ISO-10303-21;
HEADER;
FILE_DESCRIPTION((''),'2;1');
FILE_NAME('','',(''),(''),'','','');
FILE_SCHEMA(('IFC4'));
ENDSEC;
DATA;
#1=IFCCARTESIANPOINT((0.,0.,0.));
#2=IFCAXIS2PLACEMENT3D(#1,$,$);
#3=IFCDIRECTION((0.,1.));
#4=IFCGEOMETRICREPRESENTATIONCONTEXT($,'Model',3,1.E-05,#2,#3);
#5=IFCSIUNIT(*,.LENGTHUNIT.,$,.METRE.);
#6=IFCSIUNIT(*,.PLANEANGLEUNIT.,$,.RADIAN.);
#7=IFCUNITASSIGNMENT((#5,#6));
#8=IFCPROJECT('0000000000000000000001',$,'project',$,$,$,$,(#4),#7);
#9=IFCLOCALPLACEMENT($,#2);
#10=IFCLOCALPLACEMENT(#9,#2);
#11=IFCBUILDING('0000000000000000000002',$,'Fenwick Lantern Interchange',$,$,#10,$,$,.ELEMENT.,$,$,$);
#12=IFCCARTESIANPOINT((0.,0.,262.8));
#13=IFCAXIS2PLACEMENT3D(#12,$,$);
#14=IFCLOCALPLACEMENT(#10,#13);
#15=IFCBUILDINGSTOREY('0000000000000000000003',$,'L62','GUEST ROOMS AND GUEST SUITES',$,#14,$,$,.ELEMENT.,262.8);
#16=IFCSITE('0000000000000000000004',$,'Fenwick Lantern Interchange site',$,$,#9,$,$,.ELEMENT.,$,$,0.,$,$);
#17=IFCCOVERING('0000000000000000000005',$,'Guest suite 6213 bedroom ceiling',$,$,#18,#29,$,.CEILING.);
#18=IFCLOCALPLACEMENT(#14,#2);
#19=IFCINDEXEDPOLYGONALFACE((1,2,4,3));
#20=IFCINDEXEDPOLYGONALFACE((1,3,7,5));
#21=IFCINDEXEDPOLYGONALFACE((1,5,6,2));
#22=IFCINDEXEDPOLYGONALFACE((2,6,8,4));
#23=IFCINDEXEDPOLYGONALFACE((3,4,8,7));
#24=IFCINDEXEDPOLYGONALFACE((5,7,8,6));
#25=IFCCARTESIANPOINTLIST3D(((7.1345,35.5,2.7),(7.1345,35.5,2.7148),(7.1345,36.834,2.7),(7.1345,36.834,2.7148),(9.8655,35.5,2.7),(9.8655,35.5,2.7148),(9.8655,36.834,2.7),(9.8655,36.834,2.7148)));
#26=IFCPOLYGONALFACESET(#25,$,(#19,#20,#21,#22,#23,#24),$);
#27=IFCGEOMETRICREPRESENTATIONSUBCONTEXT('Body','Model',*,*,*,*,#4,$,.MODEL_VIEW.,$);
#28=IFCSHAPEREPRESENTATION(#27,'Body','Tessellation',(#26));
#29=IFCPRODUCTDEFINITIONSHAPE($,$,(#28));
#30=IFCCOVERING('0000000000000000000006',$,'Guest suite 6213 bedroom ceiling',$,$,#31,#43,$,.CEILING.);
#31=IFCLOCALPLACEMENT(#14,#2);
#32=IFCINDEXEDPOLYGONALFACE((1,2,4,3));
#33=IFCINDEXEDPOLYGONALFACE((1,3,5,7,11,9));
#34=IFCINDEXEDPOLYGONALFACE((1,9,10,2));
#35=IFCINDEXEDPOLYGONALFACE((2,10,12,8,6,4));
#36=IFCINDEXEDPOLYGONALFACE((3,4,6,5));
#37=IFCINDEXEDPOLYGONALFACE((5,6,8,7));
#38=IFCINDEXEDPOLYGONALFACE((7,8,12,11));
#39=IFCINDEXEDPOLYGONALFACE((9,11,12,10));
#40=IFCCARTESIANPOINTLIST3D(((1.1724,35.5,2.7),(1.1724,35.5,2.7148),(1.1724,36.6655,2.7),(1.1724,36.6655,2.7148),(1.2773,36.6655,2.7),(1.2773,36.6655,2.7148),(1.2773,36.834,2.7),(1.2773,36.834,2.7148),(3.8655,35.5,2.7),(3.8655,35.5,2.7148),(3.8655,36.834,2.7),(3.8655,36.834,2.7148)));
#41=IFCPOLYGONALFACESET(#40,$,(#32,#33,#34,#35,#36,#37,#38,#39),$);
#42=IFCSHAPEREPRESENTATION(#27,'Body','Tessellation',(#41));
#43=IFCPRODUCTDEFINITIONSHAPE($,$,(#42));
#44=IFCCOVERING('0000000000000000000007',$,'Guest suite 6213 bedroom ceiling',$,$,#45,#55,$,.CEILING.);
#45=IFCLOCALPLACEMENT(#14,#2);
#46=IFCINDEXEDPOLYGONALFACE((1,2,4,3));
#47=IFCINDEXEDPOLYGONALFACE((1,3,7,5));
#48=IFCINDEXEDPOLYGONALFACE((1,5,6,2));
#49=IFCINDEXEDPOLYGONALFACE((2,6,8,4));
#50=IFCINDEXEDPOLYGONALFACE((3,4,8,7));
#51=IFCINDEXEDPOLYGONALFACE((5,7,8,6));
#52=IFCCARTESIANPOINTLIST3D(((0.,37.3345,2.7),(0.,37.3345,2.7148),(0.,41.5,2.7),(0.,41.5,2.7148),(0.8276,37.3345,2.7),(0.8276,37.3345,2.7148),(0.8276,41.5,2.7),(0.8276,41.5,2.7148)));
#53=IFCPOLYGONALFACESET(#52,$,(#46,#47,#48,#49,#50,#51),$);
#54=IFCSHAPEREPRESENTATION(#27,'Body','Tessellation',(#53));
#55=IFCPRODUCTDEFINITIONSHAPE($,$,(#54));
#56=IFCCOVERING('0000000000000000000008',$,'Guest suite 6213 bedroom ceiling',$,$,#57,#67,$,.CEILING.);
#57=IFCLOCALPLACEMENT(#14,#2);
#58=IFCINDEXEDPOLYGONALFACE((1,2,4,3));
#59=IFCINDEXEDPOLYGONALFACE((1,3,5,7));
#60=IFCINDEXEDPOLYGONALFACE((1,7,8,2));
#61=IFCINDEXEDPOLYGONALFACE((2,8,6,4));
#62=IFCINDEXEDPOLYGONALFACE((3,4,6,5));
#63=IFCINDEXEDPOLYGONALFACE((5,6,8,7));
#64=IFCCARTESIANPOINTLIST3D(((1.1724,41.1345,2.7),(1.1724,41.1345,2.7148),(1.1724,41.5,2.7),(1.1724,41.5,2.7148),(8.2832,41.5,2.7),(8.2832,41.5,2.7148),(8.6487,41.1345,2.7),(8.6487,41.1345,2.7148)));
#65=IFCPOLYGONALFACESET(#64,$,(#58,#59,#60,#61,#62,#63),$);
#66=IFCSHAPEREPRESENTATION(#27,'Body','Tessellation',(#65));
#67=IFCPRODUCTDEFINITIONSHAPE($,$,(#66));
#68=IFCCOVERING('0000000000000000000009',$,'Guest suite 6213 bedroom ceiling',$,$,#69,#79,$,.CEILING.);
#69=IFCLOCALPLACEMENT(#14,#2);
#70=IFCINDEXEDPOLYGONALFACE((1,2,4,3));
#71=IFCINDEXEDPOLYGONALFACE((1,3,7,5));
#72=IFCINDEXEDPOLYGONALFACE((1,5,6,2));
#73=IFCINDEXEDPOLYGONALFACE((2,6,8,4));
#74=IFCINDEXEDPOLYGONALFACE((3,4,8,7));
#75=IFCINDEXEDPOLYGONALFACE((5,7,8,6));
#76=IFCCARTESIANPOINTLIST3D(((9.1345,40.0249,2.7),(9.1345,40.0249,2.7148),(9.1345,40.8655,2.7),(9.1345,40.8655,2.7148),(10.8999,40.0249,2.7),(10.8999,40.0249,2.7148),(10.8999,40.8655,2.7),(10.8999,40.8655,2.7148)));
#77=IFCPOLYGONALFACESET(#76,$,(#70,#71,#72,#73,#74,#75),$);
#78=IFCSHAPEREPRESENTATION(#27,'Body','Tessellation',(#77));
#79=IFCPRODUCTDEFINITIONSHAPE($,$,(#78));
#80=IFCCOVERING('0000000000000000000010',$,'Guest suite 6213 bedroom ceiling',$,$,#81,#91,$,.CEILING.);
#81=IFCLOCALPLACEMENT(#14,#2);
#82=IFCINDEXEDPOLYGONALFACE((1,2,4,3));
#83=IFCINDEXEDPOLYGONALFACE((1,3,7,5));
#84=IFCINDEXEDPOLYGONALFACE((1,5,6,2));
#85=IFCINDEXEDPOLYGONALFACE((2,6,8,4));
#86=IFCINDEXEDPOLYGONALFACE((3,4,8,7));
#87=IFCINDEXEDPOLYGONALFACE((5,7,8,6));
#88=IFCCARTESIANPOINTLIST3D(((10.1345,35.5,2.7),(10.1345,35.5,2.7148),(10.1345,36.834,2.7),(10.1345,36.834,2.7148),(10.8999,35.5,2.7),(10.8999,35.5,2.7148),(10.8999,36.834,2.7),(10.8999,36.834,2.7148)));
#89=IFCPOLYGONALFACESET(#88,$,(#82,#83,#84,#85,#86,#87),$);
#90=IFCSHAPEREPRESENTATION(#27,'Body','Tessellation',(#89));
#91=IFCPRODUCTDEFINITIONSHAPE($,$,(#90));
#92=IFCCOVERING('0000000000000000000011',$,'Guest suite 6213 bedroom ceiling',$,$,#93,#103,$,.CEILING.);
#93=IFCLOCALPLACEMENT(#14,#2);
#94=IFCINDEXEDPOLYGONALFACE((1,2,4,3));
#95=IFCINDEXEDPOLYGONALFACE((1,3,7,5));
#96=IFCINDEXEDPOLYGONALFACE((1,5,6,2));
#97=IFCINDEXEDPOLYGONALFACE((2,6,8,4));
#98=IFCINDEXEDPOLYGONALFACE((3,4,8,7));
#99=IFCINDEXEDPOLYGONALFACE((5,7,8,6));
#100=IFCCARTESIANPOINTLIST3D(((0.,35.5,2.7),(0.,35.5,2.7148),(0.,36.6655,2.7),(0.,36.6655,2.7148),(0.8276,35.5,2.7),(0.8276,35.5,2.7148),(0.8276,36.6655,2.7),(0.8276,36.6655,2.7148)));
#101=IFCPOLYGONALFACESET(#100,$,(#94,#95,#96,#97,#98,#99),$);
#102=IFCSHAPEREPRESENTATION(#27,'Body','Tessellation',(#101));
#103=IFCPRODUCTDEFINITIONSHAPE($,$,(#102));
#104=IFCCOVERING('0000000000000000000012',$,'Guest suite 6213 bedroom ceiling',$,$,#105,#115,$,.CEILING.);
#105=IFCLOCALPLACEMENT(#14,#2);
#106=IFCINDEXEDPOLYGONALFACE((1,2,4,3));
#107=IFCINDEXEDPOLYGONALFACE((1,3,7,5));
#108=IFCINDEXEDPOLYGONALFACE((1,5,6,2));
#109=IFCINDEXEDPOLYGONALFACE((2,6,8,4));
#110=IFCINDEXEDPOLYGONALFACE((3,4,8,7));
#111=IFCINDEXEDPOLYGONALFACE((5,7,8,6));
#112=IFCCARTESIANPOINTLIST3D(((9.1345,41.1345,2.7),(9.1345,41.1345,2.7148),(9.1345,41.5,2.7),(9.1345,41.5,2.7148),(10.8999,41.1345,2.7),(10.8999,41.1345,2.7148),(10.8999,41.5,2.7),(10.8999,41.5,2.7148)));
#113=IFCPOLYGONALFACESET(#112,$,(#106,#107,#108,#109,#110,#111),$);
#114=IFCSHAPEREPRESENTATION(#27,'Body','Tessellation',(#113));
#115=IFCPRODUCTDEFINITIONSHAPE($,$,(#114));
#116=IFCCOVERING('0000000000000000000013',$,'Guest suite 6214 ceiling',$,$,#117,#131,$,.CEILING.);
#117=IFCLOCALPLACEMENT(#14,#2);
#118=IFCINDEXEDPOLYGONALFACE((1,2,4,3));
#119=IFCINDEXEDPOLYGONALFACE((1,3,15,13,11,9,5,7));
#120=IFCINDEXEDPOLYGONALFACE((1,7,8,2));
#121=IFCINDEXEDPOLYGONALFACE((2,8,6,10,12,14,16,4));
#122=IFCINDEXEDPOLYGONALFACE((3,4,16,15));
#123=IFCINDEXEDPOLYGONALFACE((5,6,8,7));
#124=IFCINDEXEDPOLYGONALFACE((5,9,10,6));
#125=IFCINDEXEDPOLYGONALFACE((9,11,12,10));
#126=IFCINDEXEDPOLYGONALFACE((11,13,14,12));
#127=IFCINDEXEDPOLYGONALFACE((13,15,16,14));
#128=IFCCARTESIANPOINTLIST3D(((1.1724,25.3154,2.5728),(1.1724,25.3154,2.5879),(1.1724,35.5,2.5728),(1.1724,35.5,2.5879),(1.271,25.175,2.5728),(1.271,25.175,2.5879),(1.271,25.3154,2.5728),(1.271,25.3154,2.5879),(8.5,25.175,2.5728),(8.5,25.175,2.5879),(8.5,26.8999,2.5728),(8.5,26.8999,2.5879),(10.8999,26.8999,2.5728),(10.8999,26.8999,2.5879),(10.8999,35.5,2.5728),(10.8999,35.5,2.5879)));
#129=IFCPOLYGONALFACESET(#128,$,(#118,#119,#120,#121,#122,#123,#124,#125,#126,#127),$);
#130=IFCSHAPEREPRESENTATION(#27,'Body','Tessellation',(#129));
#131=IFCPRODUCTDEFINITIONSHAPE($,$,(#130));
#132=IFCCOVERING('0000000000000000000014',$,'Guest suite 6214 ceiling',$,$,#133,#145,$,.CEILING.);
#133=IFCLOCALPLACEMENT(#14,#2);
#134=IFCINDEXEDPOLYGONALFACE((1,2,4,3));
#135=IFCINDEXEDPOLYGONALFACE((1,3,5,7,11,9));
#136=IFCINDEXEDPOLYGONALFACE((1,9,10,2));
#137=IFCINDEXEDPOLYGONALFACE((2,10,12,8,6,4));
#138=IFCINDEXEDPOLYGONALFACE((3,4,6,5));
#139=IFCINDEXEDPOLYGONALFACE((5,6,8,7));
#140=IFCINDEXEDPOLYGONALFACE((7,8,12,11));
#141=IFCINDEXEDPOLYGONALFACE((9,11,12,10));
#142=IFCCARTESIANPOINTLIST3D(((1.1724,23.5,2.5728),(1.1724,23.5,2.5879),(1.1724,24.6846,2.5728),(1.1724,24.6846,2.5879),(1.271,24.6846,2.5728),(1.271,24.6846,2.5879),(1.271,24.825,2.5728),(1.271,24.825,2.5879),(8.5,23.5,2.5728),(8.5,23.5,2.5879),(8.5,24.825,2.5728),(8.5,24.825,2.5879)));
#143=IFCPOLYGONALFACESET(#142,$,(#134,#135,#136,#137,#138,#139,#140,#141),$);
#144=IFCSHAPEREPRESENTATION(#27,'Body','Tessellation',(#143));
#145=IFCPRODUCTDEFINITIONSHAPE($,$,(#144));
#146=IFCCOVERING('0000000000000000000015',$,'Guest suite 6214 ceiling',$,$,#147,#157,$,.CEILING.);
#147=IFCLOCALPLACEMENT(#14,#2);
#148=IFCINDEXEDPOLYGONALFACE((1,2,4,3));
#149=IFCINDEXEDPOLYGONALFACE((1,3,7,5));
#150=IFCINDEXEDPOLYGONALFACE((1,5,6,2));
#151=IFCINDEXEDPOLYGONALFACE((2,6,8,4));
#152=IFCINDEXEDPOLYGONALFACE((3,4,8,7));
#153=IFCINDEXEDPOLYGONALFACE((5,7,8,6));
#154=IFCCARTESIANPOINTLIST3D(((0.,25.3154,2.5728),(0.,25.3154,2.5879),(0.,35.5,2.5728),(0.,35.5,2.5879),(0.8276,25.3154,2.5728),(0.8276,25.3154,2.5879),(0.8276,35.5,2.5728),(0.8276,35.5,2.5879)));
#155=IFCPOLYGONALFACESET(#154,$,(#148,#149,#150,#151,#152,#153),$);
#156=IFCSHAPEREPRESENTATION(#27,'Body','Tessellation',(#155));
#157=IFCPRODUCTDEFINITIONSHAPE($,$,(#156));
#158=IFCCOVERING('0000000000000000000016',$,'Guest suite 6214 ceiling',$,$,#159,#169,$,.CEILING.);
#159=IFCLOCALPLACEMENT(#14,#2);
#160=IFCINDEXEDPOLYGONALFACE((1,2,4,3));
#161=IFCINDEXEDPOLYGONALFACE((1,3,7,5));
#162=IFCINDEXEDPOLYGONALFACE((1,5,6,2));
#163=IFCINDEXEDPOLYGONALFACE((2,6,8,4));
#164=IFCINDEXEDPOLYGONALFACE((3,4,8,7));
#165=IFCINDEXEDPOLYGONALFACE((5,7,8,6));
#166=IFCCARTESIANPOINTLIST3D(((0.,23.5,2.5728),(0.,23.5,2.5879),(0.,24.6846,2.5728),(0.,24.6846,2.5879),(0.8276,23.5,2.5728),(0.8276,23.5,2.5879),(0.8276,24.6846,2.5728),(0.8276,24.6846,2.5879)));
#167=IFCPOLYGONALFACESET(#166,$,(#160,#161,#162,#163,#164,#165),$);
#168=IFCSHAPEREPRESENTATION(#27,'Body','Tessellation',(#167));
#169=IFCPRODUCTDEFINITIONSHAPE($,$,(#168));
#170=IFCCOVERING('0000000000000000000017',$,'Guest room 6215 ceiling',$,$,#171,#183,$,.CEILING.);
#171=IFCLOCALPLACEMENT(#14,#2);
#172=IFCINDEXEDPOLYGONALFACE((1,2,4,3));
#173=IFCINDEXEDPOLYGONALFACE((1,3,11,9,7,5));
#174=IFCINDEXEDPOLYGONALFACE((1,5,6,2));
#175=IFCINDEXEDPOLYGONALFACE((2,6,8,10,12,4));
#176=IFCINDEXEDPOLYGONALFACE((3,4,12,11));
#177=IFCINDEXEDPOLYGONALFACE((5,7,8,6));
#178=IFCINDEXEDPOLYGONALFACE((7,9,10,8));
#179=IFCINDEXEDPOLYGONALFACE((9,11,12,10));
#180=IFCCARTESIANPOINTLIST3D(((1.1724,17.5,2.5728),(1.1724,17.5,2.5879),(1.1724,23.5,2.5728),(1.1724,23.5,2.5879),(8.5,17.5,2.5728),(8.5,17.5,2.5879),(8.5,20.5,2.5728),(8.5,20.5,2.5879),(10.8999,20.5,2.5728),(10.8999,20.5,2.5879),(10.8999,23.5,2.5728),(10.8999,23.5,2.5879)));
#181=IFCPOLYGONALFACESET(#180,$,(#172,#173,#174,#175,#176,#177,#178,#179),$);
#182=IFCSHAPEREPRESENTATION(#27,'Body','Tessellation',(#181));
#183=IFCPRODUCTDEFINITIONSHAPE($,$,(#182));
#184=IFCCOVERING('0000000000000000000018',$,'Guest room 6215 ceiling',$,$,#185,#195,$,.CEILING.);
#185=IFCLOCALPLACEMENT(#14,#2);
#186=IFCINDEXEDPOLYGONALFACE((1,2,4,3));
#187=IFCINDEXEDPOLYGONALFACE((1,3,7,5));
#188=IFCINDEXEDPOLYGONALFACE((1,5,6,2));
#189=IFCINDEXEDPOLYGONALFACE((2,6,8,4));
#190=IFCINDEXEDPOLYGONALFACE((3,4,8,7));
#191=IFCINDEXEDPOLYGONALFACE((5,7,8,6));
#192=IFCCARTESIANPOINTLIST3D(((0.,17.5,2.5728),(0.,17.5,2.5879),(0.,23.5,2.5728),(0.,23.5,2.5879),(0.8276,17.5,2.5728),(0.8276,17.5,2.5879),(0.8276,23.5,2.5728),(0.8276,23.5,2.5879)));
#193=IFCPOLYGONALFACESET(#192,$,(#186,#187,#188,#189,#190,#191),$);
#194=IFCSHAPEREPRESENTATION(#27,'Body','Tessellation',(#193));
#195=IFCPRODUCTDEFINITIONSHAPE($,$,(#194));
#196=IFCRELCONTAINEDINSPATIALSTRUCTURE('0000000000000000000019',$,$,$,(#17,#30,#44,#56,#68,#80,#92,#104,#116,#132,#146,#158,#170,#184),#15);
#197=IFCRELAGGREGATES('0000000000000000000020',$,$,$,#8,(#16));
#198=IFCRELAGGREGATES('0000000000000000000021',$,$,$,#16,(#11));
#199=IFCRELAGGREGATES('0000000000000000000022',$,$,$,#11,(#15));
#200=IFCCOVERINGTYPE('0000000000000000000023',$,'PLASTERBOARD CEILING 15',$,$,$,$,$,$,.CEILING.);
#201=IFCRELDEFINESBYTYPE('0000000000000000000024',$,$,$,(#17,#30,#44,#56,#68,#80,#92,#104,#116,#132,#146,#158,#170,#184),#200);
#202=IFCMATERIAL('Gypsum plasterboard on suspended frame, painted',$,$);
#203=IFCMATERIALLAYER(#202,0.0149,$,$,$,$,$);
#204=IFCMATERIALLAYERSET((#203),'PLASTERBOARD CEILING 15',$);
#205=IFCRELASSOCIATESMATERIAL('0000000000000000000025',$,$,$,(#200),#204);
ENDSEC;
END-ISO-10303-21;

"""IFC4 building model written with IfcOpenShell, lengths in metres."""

from ifc_helpers import new_model, si_unit, direction, frame, origin, place, context, subcontext, project, spatial, polyline, outline, extrude, material, layer, layer_set, type_object, element, save


model = new_model("IFC4")

# Units and contexts
model_context = context("Model", 3, precision=1e-05, world=origin(), true_north=direction((0.0, 1.0)))
body_context = subcontext(model_context, "Body", "Model", "MODEL_VIEW")
ifc_project = project(units=[si_unit("LENGTHUNIT", "METRE"), si_unit("PLANEANGLEUNIT", "RADIAN")], contexts=[model_context])

# Site, building, storey
site_placement = place(None, origin())
site = spatial("IfcSite", under=ifc_project, at=site_placement, Name="Fenwick Lantern Interchange site", CompositionType="ELEMENT", RefElevation=0.0)
building_placement = place(site_placement, origin())
building = spatial("IfcBuilding", under=site, at=building_placement, Name="Fenwick Lantern Interchange", CompositionType="ELEMENT")
storey_placement = place(building_placement, frame((0.0, 0.0, 262.8)))
storey = spatial("IfcBuildingStorey", under=building, at=storey_placement, Name="L62", Description="GUEST ROOMS AND GUEST SUITES", CompositionType="ELEMENT", Elevation=262.8)

# Coverings
ifc_material_1 = material(Name="Gypsum plasterboard on suspended frame, painted")
ifc_layer_1 = layer(ifc_material_1, 0.0149)
ifc_layer_set_1 = layer_set([ifc_layer_1], Name="PLASTERBOARD CEILING 15")
covering_type_1 = type_object("IfcCoveringType", Name="PLASTERBOARD CEILING 15", PredefinedType="CEILING", material=ifc_layer_set_1)
covering_1_placement = place(storey_placement, frame((0.0, 0.0, 2.7)))
element("IfcCovering", 1, at=covering_1_placement, inside=storey, type_object=covering_type_1, Name="Guest suite 6213 bedroom ceiling", PredefinedType="CEILING", context=body_context, shape_type="SweptSolid", body=[
    extrude(outline(polyline([(7.1345, 35.5), (9.8655, 35.5), (9.8655, 36.834), (7.1345, 36.834), (7.1345, 35.5)])), origin(), (0.0, 0.0, 1.0), 0.0149),
])
covering_2_placement = place(storey_placement, frame((0.0, 0.0, 2.7)))
element("IfcCovering", 2, at=covering_2_placement, inside=storey, type_object=covering_type_1, Name="Guest suite 6213 bedroom ceiling", PredefinedType="CEILING", context=body_context, shape_type="SweptSolid", body=[
    extrude(outline(polyline([(1.2773, 36.6655), (1.1724, 36.6655), (1.1724, 35.5), (3.8655, 35.5), (3.8655, 36.834), (1.2773, 36.834), (1.2773, 36.6655)])), origin(), (0.0, 0.0, 1.0), 0.0149),
])
covering_3_placement = place(storey_placement, frame((0.0, 0.0, 2.7)))
element("IfcCovering", 3, at=covering_3_placement, inside=storey, type_object=covering_type_1, Name="Guest suite 6213 bedroom ceiling", PredefinedType="CEILING", context=body_context, shape_type="SweptSolid", body=[
    extrude(outline(polyline([(0.0, 37.3345), (0.8276, 37.3345), (0.8276, 41.5), (0.0, 41.5), (0.0, 37.3345)])), origin(), (0.0, 0.0, 1.0), 0.0149),
])
covering_4_placement = place(storey_placement, frame((0.0, 0.0, 2.7)))
element("IfcCovering", 4, at=covering_4_placement, inside=storey, type_object=covering_type_1, Name="Guest suite 6213 bedroom ceiling", PredefinedType="CEILING", context=body_context, shape_type="SweptSolid", body=[
    extrude(outline(polyline([(8.2832, 41.5), (1.1724, 41.5), (1.1724, 41.1345), (8.6487, 41.1345), (8.2832, 41.5)])), origin(), (0.0, 0.0, 1.0), 0.0149),
])
covering_5_placement = place(storey_placement, frame((0.0, 0.0, 2.7)))
element("IfcCovering", 5, at=covering_5_placement, inside=storey, type_object=covering_type_1, Name="Guest suite 6213 bedroom ceiling", PredefinedType="CEILING", context=body_context, shape_type="SweptSolid", body=[
    extrude(outline(polyline([(10.8999, 40.0249), (10.8999, 40.8655), (9.1345, 40.8655), (9.1345, 40.0249), (10.8999, 40.0249)])), origin(), (0.0, 0.0, 1.0), 0.0149),
])
covering_6_placement = place(storey_placement, frame((0.0, 0.0, 2.7)))
element("IfcCovering", 6, at=covering_6_placement, inside=storey, type_object=covering_type_1, Name="Guest suite 6213 bedroom ceiling", PredefinedType="CEILING", context=body_context, shape_type="SweptSolid", body=[
    extrude(outline(polyline([(10.8999, 35.5), (10.8999, 36.834), (10.1345, 36.834), (10.1345, 35.5), (10.8999, 35.5)])), origin(), (0.0, 0.0, 1.0), 0.0149),
])
covering_7_placement = place(storey_placement, frame((0.0, 0.0, 2.7)))
element("IfcCovering", 7, at=covering_7_placement, inside=storey, type_object=covering_type_1, Name="Guest suite 6213 bedroom ceiling", PredefinedType="CEILING", context=body_context, shape_type="SweptSolid", body=[
    extrude(outline(polyline([(0.0, 36.6655), (0.0, 35.5), (0.8276, 35.5), (0.8276, 36.6655), (0.0, 36.6655)])), origin(), (0.0, 0.0, 1.0), 0.0149),
])
covering_8_placement = place(storey_placement, frame((0.0, 0.0, 2.7)))
element("IfcCovering", 8, at=covering_8_placement, inside=storey, type_object=covering_type_1, Name="Guest suite 6213 bedroom ceiling", PredefinedType="CEILING", context=body_context, shape_type="SweptSolid", body=[
    extrude(outline(polyline([(10.8999, 41.5), (9.1345, 41.5), (9.1345, 41.1345), (10.8999, 41.1345), (10.8999, 41.5)])), origin(), (0.0, 0.0, 1.0), 0.0149),
])
covering_9_placement = place(storey_placement, frame((0.0, 0.0, 2.5728)))
element("IfcCovering", 9, at=covering_9_placement, inside=storey, type_object=covering_type_1, Name="Guest suite 6214 ceiling", PredefinedType="CEILING", context=body_context, shape_type="SweptSolid", body=[
    extrude(outline(polyline([(1.271, 25.3154), (1.271, 25.175), (8.5, 25.175), (8.5, 26.8999), (10.8999, 26.8999), (10.8999, 35.5), (1.1724, 35.5), (1.1724, 25.3154), (1.271, 25.3154)])), origin(), (0.0, 0.0, 1.0), 0.0151),
])
covering_10_placement = place(storey_placement, frame((0.0, 0.0, 2.5728)))
element("IfcCovering", 10, at=covering_10_placement, inside=storey, type_object=covering_type_1, Name="Guest suite 6214 ceiling", PredefinedType="CEILING", context=body_context, shape_type="SweptSolid", body=[
    extrude(outline(polyline([(1.271, 24.6846), (1.1724, 24.6846), (1.1724, 23.5), (8.5, 23.5), (8.5, 24.825), (1.271, 24.825), (1.271, 24.6846)])), origin(), (0.0, 0.0, 1.0), 0.0151),
])
covering_11_placement = place(storey_placement, frame((0.0, 0.0, 2.5728)))
element("IfcCovering", 11, at=covering_11_placement, inside=storey, type_object=covering_type_1, Name="Guest suite 6214 ceiling", PredefinedType="CEILING", context=body_context, shape_type="SweptSolid", body=[
    extrude(outline(polyline([(0.0, 25.3154), (0.8276, 25.3154), (0.8276, 35.5), (0.0, 35.5), (0.0, 25.3154)])), origin(), (0.0, 0.0, 1.0), 0.0151),
])
covering_12_placement = place(storey_placement, frame((0.0, 0.0, 2.5728)))
element("IfcCovering", 12, at=covering_12_placement, inside=storey, type_object=covering_type_1, Name="Guest suite 6214 ceiling", PredefinedType="CEILING", context=body_context, shape_type="SweptSolid", body=[
    extrude(outline(polyline([(0.8276, 24.6846), (0.0, 24.6846), (0.0, 23.5), (0.8276, 23.5), (0.8276, 24.6846)])), origin(), (0.0, 0.0, 1.0), 0.0151),
])
covering_13_placement = place(storey_placement, frame((0.0, 0.0, 2.5728)))
element("IfcCovering", 13, at=covering_13_placement, inside=storey, type_object=covering_type_1, Name="Guest room 6215 ceiling", PredefinedType="CEILING", context=body_context, shape_type="SweptSolid", body=[
    extrude(outline(polyline([(10.8999, 23.5), (1.1724, 23.5), (1.1724, 17.5), (8.5, 17.5), (8.5, 20.5), (10.8999, 20.5), (10.8999, 23.5)])), origin(), (0.0, 0.0, 1.0), 0.0151),
])
covering_14_placement = place(storey_placement, frame((0.0, 0.0, 2.5728)))
element("IfcCovering", 14, at=covering_14_placement, inside=storey, type_object=covering_type_1, Name="Guest room 6215 ceiling", PredefinedType="CEILING", context=body_context, shape_type="SweptSolid", body=[
    extrude(outline(polyline([(0.0, 23.5), (0.0, 17.5), (0.8276, 17.5), (0.8276, 23.5), (0.0, 23.5)])), origin(), (0.0, 0.0, 1.0), 0.0151),
])

save(model, "model.ifc")
